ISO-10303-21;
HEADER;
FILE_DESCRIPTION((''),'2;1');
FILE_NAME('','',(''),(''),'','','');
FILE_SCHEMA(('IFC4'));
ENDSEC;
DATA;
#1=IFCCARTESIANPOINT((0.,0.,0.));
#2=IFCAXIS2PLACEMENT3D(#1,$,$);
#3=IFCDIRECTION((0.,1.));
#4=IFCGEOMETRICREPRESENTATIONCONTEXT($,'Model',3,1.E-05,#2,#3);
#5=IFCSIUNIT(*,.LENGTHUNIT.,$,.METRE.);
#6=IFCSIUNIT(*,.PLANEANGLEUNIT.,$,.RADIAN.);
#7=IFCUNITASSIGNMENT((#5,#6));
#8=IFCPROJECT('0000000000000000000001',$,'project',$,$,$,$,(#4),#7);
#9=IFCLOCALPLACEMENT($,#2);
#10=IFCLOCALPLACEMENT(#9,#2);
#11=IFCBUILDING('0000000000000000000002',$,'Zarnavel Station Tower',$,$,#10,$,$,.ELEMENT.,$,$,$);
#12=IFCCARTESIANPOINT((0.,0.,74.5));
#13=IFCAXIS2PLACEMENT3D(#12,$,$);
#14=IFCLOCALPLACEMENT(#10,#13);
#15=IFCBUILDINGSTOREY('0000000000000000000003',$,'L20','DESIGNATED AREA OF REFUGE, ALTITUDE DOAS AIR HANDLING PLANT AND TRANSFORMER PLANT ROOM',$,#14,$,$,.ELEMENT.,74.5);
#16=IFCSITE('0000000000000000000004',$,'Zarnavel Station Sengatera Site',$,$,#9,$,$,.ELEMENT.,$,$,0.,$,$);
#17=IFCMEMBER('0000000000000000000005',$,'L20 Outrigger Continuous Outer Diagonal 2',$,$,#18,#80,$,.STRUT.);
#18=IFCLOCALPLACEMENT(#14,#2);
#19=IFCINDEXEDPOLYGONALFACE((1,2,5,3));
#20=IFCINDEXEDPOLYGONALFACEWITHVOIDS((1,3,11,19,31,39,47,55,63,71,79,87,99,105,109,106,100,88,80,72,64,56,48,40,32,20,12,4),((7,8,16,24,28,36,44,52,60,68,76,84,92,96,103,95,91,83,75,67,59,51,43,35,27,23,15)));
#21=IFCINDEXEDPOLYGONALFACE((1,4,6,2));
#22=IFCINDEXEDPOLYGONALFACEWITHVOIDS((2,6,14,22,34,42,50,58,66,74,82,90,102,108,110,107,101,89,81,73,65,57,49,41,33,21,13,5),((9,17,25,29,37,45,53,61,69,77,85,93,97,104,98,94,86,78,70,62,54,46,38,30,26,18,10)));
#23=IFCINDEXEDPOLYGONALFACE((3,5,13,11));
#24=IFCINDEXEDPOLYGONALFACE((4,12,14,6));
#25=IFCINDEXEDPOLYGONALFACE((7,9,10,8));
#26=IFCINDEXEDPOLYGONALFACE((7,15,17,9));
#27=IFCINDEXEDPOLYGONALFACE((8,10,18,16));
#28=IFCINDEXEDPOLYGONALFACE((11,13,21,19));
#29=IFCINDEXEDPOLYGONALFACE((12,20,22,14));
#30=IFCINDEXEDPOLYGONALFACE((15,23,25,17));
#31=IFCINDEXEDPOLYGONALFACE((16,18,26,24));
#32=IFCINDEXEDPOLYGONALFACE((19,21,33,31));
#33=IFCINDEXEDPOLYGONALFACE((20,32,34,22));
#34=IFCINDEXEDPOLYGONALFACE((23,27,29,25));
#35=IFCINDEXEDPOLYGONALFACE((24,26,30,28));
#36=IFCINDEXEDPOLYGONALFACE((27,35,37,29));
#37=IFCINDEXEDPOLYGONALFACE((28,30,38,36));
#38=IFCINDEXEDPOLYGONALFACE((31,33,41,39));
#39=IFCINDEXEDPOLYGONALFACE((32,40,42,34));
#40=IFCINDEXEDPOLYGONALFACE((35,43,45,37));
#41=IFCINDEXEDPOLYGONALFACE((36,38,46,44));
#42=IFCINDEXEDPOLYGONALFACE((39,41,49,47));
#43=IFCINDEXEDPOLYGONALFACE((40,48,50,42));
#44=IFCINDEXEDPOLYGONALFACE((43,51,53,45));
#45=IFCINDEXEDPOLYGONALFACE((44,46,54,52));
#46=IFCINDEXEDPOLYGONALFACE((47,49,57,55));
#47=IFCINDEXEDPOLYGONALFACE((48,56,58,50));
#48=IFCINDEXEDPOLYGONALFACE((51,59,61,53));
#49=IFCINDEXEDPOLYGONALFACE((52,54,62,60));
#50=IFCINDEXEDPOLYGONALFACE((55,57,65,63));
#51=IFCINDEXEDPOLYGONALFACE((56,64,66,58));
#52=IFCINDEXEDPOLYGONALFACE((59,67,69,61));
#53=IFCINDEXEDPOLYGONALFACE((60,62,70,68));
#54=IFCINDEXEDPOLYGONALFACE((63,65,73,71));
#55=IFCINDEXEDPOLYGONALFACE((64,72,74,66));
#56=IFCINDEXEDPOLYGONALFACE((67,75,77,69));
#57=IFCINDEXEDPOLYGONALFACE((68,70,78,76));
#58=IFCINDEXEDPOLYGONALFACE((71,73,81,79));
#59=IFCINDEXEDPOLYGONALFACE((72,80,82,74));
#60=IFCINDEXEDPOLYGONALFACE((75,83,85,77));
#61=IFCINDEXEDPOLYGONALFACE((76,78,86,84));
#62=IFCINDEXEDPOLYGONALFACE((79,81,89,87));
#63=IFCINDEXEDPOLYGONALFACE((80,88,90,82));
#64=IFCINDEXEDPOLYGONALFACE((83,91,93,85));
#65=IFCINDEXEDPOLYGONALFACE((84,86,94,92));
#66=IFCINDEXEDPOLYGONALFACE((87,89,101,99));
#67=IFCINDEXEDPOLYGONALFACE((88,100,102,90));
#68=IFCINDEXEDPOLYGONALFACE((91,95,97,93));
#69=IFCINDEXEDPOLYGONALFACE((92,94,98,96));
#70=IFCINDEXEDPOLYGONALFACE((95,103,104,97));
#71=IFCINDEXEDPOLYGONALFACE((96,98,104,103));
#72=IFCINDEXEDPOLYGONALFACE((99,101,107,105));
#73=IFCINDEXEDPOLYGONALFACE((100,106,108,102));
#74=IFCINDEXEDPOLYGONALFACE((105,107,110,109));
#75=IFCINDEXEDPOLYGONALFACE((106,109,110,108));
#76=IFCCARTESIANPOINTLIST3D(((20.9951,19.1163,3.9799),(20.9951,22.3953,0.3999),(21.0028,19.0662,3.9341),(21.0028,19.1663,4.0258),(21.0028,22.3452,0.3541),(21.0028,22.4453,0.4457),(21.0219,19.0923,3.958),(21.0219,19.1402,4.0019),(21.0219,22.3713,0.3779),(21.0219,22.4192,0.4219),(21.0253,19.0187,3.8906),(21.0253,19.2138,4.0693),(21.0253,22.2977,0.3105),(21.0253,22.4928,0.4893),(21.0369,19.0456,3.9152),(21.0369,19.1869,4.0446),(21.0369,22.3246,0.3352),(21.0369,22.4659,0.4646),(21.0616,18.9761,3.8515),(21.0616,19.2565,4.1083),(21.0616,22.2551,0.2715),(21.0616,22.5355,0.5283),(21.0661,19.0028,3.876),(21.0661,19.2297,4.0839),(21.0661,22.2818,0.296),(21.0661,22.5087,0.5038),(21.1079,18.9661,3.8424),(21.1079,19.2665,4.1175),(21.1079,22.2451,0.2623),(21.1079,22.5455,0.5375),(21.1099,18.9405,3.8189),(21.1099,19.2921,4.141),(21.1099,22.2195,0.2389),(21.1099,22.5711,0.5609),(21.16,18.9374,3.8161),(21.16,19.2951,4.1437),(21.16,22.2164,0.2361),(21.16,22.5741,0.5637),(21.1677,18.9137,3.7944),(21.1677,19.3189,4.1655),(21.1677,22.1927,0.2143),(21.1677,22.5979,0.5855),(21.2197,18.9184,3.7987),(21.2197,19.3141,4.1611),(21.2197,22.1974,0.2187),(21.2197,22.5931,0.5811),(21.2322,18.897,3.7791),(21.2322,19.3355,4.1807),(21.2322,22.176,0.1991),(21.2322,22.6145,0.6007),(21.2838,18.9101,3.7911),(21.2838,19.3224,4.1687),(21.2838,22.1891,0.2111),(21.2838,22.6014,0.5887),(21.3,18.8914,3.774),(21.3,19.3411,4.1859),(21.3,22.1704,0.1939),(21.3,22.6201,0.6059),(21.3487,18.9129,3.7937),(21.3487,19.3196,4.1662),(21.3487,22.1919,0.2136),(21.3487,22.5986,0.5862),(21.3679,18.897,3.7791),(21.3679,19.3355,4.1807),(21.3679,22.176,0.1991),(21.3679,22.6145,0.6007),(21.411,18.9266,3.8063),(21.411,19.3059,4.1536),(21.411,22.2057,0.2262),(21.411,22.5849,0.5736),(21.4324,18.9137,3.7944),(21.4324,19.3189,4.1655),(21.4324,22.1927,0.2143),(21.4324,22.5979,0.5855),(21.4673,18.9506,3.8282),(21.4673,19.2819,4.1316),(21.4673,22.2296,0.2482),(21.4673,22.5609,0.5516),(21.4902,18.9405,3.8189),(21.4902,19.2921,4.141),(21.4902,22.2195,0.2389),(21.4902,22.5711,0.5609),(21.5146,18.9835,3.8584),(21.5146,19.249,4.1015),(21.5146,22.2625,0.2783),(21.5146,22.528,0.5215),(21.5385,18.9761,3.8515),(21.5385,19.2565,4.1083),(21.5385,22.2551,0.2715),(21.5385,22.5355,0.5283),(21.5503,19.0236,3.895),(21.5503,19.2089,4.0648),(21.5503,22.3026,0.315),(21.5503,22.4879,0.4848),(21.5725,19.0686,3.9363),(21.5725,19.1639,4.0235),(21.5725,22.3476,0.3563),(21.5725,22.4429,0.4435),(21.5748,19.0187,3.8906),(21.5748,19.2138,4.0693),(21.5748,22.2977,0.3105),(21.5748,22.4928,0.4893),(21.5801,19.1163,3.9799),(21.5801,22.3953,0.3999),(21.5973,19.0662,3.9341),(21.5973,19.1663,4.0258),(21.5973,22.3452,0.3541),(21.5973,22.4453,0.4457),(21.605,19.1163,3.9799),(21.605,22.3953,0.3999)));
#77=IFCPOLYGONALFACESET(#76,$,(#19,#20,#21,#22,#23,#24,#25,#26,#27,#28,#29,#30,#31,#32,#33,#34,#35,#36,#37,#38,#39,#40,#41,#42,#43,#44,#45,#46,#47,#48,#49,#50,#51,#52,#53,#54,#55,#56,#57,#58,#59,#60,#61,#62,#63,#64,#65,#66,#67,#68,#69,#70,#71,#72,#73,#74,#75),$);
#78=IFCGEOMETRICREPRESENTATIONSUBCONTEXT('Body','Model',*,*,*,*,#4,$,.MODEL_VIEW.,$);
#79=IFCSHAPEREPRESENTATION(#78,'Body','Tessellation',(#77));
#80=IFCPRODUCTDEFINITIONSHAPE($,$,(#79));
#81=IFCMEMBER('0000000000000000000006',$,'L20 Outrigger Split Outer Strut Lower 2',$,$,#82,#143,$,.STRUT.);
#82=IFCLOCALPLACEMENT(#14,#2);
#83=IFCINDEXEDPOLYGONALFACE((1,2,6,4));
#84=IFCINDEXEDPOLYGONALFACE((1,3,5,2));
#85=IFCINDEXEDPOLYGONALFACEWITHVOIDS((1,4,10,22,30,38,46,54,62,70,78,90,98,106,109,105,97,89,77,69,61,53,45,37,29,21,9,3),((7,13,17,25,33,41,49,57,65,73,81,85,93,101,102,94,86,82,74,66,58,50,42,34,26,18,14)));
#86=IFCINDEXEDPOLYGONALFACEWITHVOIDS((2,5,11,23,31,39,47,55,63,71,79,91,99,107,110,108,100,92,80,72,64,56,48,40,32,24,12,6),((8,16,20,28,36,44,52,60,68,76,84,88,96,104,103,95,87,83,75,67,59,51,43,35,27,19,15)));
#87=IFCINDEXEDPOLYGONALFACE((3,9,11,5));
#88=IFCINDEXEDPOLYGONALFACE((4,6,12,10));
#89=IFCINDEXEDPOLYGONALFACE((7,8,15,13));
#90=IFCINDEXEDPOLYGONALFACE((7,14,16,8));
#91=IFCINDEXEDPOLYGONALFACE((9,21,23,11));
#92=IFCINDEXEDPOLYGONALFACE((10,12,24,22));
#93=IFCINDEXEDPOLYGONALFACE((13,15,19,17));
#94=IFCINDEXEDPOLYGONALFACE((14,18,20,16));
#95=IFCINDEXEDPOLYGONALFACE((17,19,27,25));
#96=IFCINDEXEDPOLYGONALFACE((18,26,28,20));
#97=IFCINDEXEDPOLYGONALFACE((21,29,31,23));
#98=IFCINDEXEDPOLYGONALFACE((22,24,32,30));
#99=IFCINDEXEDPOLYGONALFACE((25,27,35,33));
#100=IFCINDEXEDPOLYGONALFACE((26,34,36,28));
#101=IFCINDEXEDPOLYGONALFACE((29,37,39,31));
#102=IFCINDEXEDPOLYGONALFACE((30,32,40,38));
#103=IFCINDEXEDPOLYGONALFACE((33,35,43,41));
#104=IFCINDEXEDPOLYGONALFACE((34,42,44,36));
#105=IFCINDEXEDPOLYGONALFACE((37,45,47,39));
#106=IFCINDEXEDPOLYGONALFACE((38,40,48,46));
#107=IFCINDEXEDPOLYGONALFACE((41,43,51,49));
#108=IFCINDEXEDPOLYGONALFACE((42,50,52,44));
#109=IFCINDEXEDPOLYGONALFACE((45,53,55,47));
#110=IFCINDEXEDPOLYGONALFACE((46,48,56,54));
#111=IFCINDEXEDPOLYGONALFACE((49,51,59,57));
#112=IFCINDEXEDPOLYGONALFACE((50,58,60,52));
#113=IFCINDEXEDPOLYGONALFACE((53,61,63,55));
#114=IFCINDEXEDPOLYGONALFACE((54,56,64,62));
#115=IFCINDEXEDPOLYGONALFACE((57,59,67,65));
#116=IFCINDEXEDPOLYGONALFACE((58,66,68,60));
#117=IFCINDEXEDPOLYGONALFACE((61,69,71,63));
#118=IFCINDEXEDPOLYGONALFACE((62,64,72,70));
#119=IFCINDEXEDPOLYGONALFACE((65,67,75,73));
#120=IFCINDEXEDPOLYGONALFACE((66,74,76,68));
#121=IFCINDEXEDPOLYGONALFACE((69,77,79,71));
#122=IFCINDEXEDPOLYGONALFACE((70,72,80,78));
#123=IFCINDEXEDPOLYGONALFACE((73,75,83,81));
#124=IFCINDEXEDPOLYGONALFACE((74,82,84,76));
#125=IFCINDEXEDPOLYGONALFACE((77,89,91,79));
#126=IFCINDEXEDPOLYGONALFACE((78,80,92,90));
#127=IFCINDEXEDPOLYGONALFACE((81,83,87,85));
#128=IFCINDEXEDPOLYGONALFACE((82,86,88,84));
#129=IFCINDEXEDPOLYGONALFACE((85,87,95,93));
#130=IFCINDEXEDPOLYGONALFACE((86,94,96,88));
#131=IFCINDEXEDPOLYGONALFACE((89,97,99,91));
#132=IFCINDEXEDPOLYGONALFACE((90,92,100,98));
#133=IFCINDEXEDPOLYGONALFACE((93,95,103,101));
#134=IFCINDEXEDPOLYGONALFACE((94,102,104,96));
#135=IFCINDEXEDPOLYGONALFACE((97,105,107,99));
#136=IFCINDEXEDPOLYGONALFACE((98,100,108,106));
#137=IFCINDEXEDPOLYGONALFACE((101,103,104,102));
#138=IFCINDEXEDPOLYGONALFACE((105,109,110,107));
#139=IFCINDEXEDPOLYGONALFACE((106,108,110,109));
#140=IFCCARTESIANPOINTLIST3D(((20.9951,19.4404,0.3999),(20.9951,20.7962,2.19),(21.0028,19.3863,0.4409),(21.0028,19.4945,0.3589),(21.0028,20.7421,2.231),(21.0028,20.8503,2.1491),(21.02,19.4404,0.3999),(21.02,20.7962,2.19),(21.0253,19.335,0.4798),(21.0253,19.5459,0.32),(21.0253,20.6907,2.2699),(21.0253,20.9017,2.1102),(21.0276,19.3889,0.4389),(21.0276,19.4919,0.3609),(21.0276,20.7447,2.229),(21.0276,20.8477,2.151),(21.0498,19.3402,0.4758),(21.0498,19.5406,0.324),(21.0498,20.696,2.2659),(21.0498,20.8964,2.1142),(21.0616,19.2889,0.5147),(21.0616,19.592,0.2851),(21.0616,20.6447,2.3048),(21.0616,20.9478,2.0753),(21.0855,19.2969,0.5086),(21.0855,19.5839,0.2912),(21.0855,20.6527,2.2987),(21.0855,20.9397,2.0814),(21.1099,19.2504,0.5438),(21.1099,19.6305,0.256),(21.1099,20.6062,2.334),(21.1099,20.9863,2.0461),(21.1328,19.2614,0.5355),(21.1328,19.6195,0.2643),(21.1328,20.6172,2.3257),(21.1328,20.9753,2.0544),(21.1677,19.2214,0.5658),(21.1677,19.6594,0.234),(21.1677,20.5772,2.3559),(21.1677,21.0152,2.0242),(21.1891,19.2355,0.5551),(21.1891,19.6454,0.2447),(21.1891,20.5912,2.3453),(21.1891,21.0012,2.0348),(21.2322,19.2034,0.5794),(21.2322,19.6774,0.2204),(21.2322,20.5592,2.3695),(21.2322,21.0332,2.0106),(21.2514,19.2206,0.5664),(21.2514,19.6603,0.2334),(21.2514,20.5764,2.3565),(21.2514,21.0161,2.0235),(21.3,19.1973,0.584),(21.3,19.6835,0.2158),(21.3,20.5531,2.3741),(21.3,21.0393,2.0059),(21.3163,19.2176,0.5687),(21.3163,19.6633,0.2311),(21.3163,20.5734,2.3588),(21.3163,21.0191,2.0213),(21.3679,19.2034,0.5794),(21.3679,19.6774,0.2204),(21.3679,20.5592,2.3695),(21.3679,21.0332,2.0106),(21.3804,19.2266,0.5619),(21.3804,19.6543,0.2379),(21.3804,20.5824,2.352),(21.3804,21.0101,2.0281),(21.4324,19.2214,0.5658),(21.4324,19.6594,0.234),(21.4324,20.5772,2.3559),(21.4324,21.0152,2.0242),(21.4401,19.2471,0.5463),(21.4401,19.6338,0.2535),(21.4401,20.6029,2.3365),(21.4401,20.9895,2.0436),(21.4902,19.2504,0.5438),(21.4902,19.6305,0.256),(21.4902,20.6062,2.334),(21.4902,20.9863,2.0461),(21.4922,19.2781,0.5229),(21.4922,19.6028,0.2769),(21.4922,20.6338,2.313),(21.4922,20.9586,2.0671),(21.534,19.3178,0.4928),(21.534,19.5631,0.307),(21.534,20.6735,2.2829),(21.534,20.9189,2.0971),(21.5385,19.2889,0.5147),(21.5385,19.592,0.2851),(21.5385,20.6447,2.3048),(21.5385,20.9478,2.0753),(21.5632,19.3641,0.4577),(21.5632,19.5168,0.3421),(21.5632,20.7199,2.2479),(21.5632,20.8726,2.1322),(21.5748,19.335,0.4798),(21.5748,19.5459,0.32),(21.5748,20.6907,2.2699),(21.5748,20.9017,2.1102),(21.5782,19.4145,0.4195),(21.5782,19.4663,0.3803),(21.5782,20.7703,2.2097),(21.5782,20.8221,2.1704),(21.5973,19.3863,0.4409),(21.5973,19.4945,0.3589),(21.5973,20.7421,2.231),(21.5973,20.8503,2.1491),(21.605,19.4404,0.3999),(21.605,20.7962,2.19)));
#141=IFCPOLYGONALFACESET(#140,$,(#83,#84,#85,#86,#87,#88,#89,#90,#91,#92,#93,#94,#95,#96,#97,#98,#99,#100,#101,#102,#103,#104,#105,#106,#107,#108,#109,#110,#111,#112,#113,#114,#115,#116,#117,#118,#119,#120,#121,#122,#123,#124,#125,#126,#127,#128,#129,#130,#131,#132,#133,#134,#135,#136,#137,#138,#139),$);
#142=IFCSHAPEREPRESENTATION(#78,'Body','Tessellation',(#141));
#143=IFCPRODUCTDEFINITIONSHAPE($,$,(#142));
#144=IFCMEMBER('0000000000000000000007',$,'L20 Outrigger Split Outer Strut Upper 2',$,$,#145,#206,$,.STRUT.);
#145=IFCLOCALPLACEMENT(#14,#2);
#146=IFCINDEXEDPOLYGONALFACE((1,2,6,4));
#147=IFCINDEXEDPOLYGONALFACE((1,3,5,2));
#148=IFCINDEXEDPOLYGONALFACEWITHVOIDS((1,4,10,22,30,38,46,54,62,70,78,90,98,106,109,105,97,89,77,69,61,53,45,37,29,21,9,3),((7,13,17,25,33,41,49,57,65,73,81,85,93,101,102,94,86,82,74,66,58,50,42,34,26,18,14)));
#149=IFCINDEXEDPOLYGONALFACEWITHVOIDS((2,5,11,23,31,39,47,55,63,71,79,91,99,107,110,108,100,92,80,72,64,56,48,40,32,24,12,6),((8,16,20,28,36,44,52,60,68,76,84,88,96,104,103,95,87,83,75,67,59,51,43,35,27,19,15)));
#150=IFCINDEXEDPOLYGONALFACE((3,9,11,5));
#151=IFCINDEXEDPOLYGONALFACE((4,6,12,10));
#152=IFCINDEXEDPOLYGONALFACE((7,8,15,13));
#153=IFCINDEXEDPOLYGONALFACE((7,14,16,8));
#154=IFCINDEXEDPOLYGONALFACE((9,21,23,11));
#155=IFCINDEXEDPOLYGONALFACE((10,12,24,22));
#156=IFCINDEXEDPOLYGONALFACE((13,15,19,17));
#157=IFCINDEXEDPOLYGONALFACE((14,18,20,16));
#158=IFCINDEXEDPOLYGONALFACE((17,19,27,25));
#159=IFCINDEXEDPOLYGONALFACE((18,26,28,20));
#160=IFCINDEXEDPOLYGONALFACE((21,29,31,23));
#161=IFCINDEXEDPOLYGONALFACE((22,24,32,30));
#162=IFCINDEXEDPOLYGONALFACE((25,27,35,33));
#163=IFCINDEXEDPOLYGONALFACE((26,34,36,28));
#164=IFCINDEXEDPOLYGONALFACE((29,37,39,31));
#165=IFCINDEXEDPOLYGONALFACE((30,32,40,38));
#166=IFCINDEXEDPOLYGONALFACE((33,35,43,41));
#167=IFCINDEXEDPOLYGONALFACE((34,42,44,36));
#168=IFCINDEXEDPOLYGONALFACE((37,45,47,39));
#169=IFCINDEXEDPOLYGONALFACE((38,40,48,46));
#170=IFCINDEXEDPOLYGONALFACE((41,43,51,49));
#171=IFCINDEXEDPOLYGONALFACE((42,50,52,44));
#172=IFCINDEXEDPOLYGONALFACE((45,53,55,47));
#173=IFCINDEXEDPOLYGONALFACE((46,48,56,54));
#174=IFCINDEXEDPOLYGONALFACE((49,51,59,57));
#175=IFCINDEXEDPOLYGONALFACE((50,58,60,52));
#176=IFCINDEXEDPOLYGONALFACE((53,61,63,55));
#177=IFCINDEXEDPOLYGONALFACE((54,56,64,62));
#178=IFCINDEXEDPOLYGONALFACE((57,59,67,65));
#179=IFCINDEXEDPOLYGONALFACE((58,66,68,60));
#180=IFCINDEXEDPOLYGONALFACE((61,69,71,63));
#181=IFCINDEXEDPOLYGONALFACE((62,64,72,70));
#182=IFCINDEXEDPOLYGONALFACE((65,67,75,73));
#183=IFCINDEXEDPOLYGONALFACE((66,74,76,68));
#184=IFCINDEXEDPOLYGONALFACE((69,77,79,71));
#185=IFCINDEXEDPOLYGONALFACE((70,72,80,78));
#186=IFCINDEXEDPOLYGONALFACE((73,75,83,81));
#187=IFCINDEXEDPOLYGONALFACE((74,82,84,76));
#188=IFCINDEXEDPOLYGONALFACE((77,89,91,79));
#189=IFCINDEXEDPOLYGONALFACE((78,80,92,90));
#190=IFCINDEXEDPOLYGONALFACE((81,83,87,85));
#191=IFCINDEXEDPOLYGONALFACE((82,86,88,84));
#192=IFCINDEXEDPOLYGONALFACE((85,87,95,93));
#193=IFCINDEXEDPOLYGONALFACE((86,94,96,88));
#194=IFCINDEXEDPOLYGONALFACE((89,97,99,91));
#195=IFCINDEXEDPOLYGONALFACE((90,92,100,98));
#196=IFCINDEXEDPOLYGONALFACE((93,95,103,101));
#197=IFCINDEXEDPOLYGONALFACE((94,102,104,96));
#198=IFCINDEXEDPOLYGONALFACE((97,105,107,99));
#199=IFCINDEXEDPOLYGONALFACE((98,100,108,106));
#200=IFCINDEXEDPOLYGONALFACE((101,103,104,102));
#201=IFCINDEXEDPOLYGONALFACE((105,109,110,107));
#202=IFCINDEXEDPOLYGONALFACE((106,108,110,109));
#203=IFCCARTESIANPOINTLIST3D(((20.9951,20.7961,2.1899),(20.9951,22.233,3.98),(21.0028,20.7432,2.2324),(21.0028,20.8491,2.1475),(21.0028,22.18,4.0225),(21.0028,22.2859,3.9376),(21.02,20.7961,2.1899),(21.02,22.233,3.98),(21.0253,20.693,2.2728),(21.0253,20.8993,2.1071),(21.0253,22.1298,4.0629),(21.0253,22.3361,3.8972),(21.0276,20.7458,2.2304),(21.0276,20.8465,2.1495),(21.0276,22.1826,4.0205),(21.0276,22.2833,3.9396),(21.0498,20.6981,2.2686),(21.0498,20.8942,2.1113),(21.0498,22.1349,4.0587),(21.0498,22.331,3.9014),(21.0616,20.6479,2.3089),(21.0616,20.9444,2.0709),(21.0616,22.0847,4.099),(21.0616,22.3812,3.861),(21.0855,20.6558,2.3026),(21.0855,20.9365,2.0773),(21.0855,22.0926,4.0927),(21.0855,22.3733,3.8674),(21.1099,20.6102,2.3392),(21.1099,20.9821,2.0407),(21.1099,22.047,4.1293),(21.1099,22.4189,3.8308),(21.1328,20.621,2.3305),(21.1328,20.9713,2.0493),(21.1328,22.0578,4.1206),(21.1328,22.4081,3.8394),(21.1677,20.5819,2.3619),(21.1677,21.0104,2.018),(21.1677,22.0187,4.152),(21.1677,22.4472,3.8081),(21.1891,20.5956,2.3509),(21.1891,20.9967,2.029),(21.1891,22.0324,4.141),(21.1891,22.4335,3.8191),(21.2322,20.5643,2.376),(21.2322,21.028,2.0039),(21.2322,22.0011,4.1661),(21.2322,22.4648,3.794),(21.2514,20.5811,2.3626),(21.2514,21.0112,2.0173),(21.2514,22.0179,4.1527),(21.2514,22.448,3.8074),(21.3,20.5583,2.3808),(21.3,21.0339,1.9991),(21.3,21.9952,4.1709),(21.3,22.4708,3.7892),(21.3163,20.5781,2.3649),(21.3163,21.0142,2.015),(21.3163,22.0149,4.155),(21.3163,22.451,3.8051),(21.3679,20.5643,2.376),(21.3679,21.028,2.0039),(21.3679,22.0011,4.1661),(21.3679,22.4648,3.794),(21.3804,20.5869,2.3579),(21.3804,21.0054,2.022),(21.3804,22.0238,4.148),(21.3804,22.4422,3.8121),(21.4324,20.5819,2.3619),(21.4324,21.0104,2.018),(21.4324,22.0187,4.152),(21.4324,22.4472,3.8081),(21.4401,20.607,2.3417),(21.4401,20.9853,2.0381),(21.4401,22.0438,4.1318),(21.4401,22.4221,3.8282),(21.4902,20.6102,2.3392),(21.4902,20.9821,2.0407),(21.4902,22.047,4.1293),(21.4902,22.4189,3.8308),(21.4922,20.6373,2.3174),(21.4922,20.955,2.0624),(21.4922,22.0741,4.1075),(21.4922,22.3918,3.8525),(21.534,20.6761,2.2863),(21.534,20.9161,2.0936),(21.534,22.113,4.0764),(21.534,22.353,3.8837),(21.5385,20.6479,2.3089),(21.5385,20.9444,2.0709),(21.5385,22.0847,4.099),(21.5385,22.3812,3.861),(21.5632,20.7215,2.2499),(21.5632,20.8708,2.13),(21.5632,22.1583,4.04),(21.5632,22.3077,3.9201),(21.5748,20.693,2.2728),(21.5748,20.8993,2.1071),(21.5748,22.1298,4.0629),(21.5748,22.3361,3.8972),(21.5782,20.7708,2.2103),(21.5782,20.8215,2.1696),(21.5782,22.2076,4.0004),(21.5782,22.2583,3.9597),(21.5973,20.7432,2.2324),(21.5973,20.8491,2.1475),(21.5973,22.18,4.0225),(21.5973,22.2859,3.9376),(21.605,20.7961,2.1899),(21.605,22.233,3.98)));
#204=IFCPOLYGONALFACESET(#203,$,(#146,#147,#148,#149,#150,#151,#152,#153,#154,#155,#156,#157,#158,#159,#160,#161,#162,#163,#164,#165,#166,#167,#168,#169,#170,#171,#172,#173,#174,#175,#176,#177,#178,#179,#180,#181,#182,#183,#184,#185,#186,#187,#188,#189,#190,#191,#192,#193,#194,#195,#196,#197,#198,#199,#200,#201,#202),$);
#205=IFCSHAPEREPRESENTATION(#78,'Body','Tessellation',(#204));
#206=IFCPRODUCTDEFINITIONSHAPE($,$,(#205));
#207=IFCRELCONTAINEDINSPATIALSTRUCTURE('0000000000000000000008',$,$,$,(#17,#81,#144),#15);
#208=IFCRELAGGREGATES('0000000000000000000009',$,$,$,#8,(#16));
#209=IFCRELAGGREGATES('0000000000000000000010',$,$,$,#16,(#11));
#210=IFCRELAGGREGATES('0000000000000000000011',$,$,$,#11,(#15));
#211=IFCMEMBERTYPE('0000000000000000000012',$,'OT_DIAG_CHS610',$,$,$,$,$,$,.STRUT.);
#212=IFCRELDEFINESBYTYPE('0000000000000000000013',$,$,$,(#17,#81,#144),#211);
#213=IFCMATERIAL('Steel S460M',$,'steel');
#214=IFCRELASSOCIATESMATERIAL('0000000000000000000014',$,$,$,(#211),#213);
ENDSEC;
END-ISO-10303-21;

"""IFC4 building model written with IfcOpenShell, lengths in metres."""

from ifc_helpers import new_model, si_unit, direction, frame, origin, origin_2d, place, context, subcontext, project, spatial, hollow_circle, extrude, material, material_profile, profile_set, type_object, element, save


model = new_model("IFC4")

# Units and contexts
model_context = context("Model", 3, precision=1e-05, world=origin(), true_north=direction((0.0, 1.0)))
body_context = subcontext(model_context, "Body", "Model", "MODEL_VIEW")
ifc_project = project(units=[si_unit("LENGTHUNIT", "METRE"), si_unit("PLANEANGLEUNIT", "RADIAN")], contexts=[model_context])

# Site, building, storey
site_placement = place(None, origin())
site = spatial("IfcSite", under=ifc_project, at=site_placement, Name="Zarnavel Station Sengatera Site", CompositionType="ELEMENT", RefElevation=0.0)
building_placement = place(site_placement, origin())
building = spatial("IfcBuilding", under=site, at=building_placement, Name="Zarnavel Station Tower", CompositionType="ELEMENT")
storey_placement = place(building_placement, frame((0.0, 0.0, 74.5)))
storey = spatial("IfcBuildingStorey", under=building, at=storey_placement, Name="L20", Description="DESIGNATED AREA OF REFUGE, ALTITUDE DOAS AIR HANDLING PLANT AND TRANSFORMER PLANT ROOM", CompositionType="ELEMENT", Elevation=74.5)

# Members
ifc_material_1 = material(Name="Steel S460M", Category="steel")
ifc_material_profile_1 = material_profile(ifc_material_1, hollow_circle(Radius=0.3049, WallThickness=0.0249, at=origin_2d()), Name="CHS610x25")
ifc_profile_set_1 = profile_set([ifc_material_profile_1], Name="Steel S460M")
member_type_1 = type_object("IfcMemberType", Name="OT_DIAG_CHS610", PredefinedType="STRUT", material=ifc_profile_set_1)
member_1_placement = place(storey_placement, frame((21.3, 22.3953, 0.3999), z_axis=(0.0, -0.675424, 0.73743), x_axis=(1.0, 0.0, 0.0)))
element("IfcMember", 1, at=member_1_placement, inside=storey, type_object=member_type_1, Name="L20 Outrigger Continuous Outer Diagonal 2", PredefinedType="STRUT", context=body_context, shape_type="SweptSolid", body=[
    extrude(hollow_circle(Radius=0.3049, WallThickness=0.0249, at=origin_2d()), origin(), (0.0, 0.0, 1.0), 4.8547),
])
member_2_placement = place(storey_placement, frame((21.3, 19.4404, 0.3999), z_axis=(0.0, 0.603751, 0.797173), x_axis=(-1.0, 0.0, 0.0)))
element("IfcMember", 2, at=member_2_placement, inside=storey, type_object=member_type_1, Name="L20 Outrigger Split Outer Strut Lower 2", PredefinedType="STRUT", context=body_context, shape_type="SweptSolid", body=[
    extrude(hollow_circle(Radius=0.3049, WallThickness=0.0249, at=origin_2d()), origin(), (0.0, 0.0, 1.0), 2.2456),
])
member_3_placement = place(storey_placement, frame((21.3, 20.7961, 2.1899), z_axis=(0.0, 0.625952, 0.779861), x_axis=(-1.0, 0.0, 0.0)))
element("IfcMember", 3, at=member_3_placement, inside=storey, type_object=member_type_1, Name="L20 Outrigger Split Outer Strut Upper 2", PredefinedType="STRUT", context=body_context, shape_type="SweptSolid", body=[
    extrude(hollow_circle(Radius=0.3049, WallThickness=0.0249, at=origin_2d()), origin(), (0.0, 0.0, 1.0), 2.2954),
])

save(model, "model.ifc")
